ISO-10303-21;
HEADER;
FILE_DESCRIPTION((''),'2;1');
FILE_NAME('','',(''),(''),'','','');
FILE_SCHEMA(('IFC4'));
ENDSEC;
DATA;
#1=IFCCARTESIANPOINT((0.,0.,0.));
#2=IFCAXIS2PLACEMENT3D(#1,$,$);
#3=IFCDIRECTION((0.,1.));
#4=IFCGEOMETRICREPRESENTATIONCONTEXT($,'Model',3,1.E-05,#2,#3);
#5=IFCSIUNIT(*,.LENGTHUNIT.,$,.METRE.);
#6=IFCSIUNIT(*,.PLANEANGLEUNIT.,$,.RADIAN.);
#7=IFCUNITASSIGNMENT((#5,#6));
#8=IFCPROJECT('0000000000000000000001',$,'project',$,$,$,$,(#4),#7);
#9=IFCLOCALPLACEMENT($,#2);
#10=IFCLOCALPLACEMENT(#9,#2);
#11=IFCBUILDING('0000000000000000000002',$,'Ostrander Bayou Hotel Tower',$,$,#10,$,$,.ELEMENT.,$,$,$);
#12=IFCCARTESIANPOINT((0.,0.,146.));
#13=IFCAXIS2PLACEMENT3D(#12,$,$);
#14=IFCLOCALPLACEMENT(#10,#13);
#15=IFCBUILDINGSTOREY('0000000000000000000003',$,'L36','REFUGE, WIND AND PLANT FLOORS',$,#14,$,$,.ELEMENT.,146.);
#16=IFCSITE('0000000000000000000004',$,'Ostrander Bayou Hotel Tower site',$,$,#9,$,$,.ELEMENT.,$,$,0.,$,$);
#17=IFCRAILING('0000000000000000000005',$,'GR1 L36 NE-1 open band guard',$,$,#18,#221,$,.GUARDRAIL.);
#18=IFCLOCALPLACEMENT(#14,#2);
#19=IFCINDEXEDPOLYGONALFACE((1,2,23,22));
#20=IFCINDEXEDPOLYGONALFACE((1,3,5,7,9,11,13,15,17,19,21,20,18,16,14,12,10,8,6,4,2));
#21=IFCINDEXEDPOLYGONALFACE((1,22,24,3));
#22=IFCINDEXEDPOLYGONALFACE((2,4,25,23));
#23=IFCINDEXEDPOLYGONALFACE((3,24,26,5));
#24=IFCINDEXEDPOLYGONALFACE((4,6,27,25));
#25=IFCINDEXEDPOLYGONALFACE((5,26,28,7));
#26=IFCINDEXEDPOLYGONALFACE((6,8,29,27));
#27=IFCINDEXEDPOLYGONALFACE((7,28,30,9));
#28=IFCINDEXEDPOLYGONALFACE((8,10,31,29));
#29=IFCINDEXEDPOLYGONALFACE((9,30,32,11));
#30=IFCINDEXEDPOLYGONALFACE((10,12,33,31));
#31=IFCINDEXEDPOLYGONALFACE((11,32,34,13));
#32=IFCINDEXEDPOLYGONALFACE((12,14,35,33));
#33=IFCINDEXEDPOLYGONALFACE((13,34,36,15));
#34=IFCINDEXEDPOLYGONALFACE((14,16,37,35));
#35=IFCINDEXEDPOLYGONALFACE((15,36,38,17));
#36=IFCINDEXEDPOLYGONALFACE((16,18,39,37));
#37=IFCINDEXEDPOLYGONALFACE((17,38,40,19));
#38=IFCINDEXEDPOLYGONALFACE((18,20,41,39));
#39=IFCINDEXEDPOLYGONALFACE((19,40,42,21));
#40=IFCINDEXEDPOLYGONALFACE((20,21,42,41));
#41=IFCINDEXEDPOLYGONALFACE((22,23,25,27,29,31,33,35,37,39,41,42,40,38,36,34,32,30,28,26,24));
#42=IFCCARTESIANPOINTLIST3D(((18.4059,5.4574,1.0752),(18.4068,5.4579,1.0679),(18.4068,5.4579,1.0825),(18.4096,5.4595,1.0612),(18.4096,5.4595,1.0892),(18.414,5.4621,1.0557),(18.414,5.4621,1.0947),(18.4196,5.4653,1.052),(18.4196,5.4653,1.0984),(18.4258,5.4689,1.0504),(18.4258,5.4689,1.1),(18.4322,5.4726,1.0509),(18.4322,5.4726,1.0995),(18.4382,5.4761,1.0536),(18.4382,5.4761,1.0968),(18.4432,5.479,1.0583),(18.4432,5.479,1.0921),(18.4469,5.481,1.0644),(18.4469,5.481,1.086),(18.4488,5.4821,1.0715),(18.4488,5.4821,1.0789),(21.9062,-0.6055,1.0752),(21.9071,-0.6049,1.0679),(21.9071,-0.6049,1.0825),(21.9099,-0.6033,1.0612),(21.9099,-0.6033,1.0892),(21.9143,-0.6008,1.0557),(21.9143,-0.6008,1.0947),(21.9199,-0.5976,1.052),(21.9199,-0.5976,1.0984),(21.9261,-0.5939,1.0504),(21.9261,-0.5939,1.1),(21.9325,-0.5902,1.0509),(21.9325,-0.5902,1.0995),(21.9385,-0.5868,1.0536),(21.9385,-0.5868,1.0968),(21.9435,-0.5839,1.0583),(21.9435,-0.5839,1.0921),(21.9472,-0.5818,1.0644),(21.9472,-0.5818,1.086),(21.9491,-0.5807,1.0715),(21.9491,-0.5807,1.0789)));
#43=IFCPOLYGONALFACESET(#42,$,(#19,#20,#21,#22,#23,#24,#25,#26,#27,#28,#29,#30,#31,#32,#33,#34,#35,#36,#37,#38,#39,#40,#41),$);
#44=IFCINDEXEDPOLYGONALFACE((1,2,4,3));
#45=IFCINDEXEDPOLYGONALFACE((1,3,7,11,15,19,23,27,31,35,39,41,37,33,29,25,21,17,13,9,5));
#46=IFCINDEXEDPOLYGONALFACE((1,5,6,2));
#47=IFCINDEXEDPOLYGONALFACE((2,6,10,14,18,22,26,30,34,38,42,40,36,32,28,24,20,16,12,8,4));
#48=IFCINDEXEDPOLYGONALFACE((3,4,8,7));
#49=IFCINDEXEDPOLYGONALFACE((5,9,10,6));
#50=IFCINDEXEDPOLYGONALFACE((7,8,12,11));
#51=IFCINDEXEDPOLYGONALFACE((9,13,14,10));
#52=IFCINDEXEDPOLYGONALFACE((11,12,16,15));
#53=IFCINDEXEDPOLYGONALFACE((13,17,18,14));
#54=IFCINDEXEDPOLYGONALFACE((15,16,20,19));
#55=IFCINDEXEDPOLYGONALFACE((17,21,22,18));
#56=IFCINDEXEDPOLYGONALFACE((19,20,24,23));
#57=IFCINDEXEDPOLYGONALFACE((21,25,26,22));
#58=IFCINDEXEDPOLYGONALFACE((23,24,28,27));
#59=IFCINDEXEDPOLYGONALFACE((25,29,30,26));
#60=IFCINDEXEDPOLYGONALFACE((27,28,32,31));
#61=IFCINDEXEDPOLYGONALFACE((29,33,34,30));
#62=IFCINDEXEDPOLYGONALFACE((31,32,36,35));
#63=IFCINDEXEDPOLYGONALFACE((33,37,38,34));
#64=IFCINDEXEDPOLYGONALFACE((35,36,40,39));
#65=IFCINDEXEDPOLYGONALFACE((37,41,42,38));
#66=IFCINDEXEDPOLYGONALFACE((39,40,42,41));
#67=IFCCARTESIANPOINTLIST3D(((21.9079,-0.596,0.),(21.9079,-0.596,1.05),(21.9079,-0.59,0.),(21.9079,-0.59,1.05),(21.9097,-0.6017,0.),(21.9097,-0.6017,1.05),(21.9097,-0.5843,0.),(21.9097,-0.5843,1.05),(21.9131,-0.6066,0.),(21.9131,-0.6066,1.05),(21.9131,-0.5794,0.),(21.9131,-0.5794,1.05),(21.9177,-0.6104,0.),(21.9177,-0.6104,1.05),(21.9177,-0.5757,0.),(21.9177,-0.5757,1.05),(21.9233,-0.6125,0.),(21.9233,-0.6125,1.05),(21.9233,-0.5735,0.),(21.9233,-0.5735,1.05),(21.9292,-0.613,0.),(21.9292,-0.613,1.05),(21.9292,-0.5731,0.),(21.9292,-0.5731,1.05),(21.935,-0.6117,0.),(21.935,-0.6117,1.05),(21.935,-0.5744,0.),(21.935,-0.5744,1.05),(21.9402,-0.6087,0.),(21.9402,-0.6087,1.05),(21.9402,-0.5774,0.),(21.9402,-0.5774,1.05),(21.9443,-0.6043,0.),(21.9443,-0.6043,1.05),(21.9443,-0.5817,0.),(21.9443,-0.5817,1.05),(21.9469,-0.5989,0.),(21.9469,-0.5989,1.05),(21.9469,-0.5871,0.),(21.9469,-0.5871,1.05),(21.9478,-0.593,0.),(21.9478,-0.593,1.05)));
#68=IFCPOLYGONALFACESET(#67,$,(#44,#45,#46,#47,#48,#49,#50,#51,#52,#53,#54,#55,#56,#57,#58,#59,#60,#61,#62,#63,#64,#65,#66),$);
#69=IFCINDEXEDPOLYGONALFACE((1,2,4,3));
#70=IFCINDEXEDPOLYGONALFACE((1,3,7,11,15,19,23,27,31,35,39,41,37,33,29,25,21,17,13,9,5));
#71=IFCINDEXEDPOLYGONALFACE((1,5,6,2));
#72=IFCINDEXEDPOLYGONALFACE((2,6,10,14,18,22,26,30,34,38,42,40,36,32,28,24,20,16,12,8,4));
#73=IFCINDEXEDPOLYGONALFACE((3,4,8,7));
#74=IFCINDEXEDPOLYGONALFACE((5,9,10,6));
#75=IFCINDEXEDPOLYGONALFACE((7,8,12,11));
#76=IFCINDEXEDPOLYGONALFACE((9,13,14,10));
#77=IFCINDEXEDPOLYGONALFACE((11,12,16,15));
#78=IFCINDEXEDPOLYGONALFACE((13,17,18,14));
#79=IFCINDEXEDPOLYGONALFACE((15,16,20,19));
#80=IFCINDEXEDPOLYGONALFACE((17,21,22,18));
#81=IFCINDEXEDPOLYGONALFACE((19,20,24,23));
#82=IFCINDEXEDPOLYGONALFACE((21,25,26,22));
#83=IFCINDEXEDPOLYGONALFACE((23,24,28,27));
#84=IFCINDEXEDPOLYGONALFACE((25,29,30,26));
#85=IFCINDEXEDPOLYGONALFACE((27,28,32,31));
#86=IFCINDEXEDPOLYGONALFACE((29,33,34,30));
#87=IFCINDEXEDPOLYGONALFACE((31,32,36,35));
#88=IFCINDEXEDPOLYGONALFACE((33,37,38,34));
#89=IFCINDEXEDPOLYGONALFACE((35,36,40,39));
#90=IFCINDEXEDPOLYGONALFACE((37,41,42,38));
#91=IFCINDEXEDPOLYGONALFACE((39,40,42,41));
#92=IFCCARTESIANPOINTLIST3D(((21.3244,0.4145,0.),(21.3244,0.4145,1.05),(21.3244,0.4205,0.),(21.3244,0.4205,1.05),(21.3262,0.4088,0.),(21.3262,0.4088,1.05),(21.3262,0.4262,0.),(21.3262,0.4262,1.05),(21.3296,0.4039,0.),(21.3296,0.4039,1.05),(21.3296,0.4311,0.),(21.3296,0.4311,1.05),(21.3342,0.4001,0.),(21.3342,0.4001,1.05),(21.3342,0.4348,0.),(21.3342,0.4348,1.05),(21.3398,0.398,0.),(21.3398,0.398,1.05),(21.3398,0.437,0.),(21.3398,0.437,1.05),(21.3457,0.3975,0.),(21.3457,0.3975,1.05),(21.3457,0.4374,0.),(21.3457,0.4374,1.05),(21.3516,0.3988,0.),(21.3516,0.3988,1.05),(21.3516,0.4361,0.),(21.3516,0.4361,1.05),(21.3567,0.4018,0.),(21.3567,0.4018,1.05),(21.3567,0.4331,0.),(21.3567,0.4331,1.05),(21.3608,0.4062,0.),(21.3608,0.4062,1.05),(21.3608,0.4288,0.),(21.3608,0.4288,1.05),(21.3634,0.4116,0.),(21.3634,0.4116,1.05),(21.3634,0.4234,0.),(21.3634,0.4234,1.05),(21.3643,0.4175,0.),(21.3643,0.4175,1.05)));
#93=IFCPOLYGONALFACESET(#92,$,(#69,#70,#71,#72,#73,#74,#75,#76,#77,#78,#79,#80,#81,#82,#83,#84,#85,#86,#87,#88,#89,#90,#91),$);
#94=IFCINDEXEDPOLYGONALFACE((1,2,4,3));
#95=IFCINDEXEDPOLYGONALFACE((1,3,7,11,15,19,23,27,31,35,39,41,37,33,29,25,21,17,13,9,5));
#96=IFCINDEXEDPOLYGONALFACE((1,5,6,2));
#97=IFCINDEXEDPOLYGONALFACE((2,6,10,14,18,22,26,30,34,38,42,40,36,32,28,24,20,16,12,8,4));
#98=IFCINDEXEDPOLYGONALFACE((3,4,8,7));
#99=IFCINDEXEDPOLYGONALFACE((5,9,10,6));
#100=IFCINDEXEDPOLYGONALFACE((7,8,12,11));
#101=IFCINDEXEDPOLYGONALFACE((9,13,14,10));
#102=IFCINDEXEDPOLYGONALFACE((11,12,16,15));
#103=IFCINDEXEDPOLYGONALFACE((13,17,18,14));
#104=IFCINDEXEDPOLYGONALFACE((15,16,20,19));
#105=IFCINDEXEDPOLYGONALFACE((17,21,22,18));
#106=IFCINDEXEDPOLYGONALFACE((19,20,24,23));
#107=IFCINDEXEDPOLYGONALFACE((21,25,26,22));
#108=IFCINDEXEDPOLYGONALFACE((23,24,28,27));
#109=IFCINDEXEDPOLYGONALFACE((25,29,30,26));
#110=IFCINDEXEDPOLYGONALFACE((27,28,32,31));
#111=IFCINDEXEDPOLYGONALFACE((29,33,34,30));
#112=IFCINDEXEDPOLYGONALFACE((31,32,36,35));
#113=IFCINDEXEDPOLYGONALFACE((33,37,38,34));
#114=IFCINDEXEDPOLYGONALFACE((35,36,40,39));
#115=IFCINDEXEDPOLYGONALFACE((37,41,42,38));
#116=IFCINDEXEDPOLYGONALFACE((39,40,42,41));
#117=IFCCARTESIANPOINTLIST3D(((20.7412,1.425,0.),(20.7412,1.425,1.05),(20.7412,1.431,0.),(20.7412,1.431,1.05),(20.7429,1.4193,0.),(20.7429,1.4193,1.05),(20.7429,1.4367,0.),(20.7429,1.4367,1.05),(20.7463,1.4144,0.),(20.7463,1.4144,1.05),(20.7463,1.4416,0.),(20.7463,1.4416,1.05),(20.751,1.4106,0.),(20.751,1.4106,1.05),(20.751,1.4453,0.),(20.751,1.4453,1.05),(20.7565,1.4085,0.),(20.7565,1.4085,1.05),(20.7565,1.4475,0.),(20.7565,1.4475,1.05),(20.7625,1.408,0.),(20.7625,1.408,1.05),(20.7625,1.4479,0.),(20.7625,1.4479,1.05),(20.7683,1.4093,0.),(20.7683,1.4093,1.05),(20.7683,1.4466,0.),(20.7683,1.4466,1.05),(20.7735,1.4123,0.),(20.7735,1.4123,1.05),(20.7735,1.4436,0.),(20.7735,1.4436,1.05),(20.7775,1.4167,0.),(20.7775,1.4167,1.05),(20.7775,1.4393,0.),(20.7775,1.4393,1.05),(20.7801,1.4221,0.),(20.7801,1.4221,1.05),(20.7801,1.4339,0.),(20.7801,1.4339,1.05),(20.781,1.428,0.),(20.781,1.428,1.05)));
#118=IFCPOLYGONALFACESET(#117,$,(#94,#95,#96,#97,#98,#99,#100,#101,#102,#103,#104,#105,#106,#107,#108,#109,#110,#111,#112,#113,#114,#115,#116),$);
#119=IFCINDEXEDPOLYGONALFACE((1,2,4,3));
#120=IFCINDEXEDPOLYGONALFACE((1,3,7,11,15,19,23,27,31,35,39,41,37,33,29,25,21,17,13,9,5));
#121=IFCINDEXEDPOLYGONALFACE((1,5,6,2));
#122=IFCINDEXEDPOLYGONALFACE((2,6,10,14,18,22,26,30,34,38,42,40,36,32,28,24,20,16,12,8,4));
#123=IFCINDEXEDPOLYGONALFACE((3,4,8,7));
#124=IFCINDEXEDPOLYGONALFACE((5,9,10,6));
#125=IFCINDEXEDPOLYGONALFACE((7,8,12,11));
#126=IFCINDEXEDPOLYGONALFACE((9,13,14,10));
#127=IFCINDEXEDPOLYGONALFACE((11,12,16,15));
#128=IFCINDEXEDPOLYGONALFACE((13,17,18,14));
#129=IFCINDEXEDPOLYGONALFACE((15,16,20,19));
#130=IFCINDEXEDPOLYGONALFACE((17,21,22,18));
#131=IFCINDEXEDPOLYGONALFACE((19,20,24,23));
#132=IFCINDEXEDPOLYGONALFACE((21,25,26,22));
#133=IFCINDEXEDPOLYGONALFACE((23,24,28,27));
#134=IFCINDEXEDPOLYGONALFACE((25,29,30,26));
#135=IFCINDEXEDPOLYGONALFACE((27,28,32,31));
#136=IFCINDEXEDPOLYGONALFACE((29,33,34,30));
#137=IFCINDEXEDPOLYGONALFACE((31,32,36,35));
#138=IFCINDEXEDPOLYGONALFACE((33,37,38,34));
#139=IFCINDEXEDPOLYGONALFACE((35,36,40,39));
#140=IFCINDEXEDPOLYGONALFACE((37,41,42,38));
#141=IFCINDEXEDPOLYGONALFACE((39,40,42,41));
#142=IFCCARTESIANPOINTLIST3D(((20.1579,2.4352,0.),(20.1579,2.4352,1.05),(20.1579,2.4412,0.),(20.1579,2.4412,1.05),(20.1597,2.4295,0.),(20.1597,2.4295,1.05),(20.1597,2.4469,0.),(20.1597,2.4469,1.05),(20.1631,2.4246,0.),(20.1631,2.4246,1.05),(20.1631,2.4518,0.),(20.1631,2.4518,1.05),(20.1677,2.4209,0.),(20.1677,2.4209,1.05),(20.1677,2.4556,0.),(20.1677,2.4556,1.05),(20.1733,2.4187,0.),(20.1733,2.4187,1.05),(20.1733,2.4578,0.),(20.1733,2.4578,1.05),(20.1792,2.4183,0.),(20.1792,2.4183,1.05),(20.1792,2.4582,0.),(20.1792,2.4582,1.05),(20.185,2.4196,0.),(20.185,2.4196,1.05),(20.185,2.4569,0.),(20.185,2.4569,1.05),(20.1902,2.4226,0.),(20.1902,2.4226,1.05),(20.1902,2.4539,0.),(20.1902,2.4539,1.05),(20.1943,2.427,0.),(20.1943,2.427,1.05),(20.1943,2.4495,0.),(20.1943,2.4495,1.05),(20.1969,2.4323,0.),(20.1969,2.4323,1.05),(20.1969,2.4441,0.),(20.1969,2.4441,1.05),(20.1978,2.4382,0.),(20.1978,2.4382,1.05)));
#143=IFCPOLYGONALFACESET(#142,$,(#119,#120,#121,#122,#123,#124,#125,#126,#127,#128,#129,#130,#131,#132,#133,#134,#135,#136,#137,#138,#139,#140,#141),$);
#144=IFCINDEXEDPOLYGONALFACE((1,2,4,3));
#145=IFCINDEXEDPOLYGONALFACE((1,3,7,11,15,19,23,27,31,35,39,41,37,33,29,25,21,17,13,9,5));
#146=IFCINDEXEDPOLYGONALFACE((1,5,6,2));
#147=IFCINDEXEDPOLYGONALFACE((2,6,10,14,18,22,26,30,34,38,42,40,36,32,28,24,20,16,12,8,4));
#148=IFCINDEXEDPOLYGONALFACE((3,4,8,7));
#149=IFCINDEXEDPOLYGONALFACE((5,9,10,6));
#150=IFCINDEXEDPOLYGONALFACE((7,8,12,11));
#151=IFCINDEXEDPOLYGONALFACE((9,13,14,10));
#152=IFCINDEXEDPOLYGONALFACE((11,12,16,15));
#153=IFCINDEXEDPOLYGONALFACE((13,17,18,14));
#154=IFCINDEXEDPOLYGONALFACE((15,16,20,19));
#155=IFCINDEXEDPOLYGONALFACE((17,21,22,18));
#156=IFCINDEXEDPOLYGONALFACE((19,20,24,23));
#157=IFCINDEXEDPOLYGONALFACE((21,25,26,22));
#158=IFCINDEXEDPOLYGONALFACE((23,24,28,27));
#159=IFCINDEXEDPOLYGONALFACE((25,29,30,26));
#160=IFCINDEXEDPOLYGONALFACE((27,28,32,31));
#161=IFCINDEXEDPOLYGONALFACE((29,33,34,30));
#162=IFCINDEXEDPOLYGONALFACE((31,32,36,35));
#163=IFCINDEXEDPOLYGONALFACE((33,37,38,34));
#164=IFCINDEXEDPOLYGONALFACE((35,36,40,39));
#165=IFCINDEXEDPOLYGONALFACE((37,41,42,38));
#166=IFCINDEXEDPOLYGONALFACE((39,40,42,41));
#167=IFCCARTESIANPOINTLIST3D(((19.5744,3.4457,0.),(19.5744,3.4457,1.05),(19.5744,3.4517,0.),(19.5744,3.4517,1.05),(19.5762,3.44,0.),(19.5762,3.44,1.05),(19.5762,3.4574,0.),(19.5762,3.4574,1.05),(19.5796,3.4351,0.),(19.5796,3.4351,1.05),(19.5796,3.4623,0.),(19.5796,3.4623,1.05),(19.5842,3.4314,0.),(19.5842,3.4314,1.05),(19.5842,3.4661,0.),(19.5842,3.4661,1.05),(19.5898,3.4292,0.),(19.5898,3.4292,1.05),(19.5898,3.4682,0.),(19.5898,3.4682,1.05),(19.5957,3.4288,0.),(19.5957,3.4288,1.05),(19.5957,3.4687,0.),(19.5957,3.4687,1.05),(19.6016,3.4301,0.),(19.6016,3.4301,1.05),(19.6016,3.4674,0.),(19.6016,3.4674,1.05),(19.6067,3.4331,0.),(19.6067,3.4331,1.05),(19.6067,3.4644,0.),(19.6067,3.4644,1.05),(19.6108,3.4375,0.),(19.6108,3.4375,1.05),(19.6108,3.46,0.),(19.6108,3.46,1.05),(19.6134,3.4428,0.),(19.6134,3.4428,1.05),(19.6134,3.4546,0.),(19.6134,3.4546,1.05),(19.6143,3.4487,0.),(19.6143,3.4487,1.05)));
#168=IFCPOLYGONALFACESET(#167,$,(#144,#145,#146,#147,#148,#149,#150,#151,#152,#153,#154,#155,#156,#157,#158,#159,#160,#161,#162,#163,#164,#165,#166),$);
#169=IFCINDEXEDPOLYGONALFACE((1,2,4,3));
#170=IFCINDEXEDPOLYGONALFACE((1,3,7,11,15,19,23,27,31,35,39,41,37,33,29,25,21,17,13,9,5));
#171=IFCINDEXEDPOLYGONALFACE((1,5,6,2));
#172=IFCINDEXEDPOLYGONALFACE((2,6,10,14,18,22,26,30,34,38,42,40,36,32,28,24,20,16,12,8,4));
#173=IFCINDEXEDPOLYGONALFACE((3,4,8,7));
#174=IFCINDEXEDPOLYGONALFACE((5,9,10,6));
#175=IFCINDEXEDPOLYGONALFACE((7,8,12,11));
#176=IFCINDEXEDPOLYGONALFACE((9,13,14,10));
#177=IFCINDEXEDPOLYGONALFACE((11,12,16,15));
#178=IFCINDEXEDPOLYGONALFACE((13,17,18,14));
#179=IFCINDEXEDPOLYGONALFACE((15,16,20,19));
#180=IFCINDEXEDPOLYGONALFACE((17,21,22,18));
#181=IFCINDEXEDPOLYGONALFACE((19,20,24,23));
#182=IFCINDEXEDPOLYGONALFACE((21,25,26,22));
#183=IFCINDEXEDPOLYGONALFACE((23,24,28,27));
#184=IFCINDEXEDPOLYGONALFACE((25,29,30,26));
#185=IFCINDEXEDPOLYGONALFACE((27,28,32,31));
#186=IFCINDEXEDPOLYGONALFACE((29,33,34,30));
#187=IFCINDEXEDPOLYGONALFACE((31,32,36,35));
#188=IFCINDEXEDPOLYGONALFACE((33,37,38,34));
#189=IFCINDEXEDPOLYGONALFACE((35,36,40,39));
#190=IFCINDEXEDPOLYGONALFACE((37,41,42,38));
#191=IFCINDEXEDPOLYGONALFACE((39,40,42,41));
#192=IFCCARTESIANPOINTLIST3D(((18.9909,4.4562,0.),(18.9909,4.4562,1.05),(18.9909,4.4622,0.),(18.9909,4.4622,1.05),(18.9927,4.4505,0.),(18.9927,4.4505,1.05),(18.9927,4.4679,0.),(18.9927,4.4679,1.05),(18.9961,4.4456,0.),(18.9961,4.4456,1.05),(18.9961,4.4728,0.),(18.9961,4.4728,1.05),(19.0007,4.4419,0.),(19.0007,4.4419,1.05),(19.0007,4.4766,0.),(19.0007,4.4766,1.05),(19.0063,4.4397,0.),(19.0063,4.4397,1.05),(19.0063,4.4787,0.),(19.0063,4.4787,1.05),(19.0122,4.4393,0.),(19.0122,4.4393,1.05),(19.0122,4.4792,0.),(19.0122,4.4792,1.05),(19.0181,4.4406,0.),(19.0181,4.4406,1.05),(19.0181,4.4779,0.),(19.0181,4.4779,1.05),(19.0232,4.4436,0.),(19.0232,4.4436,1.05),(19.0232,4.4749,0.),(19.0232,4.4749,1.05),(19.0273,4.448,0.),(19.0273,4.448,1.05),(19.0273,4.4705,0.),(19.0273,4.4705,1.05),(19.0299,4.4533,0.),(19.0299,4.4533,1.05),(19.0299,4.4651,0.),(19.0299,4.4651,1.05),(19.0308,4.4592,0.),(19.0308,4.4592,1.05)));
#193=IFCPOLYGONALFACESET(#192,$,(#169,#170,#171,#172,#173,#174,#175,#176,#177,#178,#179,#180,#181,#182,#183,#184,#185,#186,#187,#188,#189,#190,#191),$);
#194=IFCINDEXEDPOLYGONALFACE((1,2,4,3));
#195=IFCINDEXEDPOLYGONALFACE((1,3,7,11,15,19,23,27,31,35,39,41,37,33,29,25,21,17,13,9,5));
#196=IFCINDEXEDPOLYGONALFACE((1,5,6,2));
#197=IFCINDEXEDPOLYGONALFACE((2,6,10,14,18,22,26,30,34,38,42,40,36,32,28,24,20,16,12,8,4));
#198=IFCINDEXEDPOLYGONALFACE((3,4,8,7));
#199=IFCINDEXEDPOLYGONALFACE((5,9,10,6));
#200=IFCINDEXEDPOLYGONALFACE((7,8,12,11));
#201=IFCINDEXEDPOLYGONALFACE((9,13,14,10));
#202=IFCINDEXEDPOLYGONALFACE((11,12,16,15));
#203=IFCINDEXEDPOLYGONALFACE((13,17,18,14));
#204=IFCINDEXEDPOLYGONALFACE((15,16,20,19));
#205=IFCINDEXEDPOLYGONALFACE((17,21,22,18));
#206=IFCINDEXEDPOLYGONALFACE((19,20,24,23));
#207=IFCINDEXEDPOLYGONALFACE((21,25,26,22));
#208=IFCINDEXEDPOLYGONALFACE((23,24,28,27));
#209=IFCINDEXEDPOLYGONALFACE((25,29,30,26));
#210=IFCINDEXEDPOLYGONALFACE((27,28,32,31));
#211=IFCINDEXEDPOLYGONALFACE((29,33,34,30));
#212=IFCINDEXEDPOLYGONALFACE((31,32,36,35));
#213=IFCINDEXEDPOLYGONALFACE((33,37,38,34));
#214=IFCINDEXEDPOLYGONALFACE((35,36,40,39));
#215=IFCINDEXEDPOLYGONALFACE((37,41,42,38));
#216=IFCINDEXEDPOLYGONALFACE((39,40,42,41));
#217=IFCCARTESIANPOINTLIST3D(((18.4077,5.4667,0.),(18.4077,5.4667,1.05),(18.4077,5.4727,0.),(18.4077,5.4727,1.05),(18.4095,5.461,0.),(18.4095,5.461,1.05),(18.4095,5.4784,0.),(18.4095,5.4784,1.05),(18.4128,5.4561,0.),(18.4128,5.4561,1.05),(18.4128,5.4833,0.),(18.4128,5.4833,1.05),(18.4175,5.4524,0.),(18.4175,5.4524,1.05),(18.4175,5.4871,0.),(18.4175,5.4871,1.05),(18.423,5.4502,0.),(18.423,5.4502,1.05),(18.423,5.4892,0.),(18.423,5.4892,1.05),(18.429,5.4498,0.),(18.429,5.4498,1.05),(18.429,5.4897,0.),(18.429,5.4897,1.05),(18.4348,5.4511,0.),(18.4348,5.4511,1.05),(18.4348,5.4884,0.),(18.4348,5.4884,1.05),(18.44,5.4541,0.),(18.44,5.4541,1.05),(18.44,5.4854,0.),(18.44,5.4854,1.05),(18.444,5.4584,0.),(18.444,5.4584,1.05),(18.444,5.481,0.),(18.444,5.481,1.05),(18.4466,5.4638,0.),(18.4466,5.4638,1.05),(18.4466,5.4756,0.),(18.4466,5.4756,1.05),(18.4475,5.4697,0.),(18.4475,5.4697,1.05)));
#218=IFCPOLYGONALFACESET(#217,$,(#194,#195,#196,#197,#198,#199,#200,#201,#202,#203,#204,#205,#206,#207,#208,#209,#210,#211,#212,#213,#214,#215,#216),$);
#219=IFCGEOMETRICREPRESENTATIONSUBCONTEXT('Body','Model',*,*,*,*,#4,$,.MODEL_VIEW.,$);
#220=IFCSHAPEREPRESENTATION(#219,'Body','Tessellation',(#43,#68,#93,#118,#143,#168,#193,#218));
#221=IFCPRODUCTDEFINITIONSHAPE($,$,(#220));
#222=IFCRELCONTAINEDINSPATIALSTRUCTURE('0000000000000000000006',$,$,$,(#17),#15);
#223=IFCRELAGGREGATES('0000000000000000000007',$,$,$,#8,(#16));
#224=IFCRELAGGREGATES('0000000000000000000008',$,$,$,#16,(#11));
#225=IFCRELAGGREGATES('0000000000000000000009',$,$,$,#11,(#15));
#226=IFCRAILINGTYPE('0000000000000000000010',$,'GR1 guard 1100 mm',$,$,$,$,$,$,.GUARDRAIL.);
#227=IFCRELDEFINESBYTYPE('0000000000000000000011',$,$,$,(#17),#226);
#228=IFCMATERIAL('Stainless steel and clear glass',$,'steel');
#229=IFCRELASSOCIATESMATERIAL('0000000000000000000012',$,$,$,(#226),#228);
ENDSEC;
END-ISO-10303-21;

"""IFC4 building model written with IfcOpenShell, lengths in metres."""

from ifc_helpers import new_model, si_unit, direction, frame, origin, origin_2d, place, context, subcontext, project, spatial, circle, extrude, material, type_object, element, save


model = new_model("IFC4")

# Units and contexts
model_context = context("Model", 3, precision=1e-05, world=origin(), true_north=direction((0.0, 1.0)))
body_context = subcontext(model_context, "Body", "Model", "MODEL_VIEW")
ifc_project = project(units=[si_unit("LENGTHUNIT", "METRE"), si_unit("PLANEANGLEUNIT", "RADIAN")], contexts=[model_context])

# Site, building, storey
site_placement = place(None, origin())
site = spatial("IfcSite", under=ifc_project, at=site_placement, Name="Ostrander Bayou Hotel Tower site", CompositionType="ELEMENT", RefElevation=0.0)
building_placement = place(site_placement, origin())
building = spatial("IfcBuilding", under=site, at=building_placement, Name="Ostrander Bayou Hotel Tower", CompositionType="ELEMENT")
storey_placement = place(building_placement, frame((0.0, 0.0, 146.0)))
storey = spatial("IfcBuildingStorey", under=building, at=storey_placement, Name="L36", Description="REFUGE, WIND AND PLANT FLOORS", CompositionType="ELEMENT", Elevation=146.0)

# Railing
ifc_material_1 = material(Name="Stainless steel and clear glass", Category="steel")
railing_type = type_object("IfcRailingType", Name="GR1 guard 1100 mm", PredefinedType="GUARDRAIL", material=ifc_material_1)
railing_1_placement = place(storey_placement, frame((21.9277, -0.593, 0.0)))
element("IfcRailing", 1, at=railing_1_placement, inside=storey, type_object=railing_type, Name="GR1 L36 NE-1 open band guard", PredefinedType="GUARDRAIL", context=body_context, shape_type="SweptSolid", body=[
    extrude(circle(Radius=0.0249, at=origin_2d()), frame((0.0, 0.0, 1.0752), z_axis=(-0.499991, 0.866031, 0.0), x_axis=(-0.866031, -0.499991, 0.0)), (0.0, 0.0, 1.0), 7.0007),
    extrude(circle(Radius=0.02, at=origin_2d()), origin(), (0.0, 0.0, 1.0), 1.05),
    extrude(circle(Radius=0.02, at=origin_2d()), frame((-0.5835, 1.0105, 0.0)), (0.0, 0.0, 1.0), 1.05),
    extrude(circle(Radius=0.02, at=origin_2d()), frame((-1.1667, 2.021, 0.0)), (0.0, 0.0, 1.0), 1.05),
    extrude(circle(Radius=0.02, at=origin_2d()), frame((-1.75, 3.0312, 0.0)), (0.0, 0.0, 1.0), 1.05),
    extrude(circle(Radius=0.02, at=origin_2d()), frame((-2.3335, 4.0417, 0.0)), (0.0, 0.0, 1.0), 1.05),
    extrude(circle(Radius=0.02, at=origin_2d()), frame((-2.917, 5.0522, 0.0)), (0.0, 0.0, 1.0), 1.05),
    extrude(circle(Radius=0.02, at=origin_2d()), frame((-3.5002, 6.0627, 0.0)), (0.0, 0.0, 1.0), 1.05),
])

save(model, "model.ifc")
